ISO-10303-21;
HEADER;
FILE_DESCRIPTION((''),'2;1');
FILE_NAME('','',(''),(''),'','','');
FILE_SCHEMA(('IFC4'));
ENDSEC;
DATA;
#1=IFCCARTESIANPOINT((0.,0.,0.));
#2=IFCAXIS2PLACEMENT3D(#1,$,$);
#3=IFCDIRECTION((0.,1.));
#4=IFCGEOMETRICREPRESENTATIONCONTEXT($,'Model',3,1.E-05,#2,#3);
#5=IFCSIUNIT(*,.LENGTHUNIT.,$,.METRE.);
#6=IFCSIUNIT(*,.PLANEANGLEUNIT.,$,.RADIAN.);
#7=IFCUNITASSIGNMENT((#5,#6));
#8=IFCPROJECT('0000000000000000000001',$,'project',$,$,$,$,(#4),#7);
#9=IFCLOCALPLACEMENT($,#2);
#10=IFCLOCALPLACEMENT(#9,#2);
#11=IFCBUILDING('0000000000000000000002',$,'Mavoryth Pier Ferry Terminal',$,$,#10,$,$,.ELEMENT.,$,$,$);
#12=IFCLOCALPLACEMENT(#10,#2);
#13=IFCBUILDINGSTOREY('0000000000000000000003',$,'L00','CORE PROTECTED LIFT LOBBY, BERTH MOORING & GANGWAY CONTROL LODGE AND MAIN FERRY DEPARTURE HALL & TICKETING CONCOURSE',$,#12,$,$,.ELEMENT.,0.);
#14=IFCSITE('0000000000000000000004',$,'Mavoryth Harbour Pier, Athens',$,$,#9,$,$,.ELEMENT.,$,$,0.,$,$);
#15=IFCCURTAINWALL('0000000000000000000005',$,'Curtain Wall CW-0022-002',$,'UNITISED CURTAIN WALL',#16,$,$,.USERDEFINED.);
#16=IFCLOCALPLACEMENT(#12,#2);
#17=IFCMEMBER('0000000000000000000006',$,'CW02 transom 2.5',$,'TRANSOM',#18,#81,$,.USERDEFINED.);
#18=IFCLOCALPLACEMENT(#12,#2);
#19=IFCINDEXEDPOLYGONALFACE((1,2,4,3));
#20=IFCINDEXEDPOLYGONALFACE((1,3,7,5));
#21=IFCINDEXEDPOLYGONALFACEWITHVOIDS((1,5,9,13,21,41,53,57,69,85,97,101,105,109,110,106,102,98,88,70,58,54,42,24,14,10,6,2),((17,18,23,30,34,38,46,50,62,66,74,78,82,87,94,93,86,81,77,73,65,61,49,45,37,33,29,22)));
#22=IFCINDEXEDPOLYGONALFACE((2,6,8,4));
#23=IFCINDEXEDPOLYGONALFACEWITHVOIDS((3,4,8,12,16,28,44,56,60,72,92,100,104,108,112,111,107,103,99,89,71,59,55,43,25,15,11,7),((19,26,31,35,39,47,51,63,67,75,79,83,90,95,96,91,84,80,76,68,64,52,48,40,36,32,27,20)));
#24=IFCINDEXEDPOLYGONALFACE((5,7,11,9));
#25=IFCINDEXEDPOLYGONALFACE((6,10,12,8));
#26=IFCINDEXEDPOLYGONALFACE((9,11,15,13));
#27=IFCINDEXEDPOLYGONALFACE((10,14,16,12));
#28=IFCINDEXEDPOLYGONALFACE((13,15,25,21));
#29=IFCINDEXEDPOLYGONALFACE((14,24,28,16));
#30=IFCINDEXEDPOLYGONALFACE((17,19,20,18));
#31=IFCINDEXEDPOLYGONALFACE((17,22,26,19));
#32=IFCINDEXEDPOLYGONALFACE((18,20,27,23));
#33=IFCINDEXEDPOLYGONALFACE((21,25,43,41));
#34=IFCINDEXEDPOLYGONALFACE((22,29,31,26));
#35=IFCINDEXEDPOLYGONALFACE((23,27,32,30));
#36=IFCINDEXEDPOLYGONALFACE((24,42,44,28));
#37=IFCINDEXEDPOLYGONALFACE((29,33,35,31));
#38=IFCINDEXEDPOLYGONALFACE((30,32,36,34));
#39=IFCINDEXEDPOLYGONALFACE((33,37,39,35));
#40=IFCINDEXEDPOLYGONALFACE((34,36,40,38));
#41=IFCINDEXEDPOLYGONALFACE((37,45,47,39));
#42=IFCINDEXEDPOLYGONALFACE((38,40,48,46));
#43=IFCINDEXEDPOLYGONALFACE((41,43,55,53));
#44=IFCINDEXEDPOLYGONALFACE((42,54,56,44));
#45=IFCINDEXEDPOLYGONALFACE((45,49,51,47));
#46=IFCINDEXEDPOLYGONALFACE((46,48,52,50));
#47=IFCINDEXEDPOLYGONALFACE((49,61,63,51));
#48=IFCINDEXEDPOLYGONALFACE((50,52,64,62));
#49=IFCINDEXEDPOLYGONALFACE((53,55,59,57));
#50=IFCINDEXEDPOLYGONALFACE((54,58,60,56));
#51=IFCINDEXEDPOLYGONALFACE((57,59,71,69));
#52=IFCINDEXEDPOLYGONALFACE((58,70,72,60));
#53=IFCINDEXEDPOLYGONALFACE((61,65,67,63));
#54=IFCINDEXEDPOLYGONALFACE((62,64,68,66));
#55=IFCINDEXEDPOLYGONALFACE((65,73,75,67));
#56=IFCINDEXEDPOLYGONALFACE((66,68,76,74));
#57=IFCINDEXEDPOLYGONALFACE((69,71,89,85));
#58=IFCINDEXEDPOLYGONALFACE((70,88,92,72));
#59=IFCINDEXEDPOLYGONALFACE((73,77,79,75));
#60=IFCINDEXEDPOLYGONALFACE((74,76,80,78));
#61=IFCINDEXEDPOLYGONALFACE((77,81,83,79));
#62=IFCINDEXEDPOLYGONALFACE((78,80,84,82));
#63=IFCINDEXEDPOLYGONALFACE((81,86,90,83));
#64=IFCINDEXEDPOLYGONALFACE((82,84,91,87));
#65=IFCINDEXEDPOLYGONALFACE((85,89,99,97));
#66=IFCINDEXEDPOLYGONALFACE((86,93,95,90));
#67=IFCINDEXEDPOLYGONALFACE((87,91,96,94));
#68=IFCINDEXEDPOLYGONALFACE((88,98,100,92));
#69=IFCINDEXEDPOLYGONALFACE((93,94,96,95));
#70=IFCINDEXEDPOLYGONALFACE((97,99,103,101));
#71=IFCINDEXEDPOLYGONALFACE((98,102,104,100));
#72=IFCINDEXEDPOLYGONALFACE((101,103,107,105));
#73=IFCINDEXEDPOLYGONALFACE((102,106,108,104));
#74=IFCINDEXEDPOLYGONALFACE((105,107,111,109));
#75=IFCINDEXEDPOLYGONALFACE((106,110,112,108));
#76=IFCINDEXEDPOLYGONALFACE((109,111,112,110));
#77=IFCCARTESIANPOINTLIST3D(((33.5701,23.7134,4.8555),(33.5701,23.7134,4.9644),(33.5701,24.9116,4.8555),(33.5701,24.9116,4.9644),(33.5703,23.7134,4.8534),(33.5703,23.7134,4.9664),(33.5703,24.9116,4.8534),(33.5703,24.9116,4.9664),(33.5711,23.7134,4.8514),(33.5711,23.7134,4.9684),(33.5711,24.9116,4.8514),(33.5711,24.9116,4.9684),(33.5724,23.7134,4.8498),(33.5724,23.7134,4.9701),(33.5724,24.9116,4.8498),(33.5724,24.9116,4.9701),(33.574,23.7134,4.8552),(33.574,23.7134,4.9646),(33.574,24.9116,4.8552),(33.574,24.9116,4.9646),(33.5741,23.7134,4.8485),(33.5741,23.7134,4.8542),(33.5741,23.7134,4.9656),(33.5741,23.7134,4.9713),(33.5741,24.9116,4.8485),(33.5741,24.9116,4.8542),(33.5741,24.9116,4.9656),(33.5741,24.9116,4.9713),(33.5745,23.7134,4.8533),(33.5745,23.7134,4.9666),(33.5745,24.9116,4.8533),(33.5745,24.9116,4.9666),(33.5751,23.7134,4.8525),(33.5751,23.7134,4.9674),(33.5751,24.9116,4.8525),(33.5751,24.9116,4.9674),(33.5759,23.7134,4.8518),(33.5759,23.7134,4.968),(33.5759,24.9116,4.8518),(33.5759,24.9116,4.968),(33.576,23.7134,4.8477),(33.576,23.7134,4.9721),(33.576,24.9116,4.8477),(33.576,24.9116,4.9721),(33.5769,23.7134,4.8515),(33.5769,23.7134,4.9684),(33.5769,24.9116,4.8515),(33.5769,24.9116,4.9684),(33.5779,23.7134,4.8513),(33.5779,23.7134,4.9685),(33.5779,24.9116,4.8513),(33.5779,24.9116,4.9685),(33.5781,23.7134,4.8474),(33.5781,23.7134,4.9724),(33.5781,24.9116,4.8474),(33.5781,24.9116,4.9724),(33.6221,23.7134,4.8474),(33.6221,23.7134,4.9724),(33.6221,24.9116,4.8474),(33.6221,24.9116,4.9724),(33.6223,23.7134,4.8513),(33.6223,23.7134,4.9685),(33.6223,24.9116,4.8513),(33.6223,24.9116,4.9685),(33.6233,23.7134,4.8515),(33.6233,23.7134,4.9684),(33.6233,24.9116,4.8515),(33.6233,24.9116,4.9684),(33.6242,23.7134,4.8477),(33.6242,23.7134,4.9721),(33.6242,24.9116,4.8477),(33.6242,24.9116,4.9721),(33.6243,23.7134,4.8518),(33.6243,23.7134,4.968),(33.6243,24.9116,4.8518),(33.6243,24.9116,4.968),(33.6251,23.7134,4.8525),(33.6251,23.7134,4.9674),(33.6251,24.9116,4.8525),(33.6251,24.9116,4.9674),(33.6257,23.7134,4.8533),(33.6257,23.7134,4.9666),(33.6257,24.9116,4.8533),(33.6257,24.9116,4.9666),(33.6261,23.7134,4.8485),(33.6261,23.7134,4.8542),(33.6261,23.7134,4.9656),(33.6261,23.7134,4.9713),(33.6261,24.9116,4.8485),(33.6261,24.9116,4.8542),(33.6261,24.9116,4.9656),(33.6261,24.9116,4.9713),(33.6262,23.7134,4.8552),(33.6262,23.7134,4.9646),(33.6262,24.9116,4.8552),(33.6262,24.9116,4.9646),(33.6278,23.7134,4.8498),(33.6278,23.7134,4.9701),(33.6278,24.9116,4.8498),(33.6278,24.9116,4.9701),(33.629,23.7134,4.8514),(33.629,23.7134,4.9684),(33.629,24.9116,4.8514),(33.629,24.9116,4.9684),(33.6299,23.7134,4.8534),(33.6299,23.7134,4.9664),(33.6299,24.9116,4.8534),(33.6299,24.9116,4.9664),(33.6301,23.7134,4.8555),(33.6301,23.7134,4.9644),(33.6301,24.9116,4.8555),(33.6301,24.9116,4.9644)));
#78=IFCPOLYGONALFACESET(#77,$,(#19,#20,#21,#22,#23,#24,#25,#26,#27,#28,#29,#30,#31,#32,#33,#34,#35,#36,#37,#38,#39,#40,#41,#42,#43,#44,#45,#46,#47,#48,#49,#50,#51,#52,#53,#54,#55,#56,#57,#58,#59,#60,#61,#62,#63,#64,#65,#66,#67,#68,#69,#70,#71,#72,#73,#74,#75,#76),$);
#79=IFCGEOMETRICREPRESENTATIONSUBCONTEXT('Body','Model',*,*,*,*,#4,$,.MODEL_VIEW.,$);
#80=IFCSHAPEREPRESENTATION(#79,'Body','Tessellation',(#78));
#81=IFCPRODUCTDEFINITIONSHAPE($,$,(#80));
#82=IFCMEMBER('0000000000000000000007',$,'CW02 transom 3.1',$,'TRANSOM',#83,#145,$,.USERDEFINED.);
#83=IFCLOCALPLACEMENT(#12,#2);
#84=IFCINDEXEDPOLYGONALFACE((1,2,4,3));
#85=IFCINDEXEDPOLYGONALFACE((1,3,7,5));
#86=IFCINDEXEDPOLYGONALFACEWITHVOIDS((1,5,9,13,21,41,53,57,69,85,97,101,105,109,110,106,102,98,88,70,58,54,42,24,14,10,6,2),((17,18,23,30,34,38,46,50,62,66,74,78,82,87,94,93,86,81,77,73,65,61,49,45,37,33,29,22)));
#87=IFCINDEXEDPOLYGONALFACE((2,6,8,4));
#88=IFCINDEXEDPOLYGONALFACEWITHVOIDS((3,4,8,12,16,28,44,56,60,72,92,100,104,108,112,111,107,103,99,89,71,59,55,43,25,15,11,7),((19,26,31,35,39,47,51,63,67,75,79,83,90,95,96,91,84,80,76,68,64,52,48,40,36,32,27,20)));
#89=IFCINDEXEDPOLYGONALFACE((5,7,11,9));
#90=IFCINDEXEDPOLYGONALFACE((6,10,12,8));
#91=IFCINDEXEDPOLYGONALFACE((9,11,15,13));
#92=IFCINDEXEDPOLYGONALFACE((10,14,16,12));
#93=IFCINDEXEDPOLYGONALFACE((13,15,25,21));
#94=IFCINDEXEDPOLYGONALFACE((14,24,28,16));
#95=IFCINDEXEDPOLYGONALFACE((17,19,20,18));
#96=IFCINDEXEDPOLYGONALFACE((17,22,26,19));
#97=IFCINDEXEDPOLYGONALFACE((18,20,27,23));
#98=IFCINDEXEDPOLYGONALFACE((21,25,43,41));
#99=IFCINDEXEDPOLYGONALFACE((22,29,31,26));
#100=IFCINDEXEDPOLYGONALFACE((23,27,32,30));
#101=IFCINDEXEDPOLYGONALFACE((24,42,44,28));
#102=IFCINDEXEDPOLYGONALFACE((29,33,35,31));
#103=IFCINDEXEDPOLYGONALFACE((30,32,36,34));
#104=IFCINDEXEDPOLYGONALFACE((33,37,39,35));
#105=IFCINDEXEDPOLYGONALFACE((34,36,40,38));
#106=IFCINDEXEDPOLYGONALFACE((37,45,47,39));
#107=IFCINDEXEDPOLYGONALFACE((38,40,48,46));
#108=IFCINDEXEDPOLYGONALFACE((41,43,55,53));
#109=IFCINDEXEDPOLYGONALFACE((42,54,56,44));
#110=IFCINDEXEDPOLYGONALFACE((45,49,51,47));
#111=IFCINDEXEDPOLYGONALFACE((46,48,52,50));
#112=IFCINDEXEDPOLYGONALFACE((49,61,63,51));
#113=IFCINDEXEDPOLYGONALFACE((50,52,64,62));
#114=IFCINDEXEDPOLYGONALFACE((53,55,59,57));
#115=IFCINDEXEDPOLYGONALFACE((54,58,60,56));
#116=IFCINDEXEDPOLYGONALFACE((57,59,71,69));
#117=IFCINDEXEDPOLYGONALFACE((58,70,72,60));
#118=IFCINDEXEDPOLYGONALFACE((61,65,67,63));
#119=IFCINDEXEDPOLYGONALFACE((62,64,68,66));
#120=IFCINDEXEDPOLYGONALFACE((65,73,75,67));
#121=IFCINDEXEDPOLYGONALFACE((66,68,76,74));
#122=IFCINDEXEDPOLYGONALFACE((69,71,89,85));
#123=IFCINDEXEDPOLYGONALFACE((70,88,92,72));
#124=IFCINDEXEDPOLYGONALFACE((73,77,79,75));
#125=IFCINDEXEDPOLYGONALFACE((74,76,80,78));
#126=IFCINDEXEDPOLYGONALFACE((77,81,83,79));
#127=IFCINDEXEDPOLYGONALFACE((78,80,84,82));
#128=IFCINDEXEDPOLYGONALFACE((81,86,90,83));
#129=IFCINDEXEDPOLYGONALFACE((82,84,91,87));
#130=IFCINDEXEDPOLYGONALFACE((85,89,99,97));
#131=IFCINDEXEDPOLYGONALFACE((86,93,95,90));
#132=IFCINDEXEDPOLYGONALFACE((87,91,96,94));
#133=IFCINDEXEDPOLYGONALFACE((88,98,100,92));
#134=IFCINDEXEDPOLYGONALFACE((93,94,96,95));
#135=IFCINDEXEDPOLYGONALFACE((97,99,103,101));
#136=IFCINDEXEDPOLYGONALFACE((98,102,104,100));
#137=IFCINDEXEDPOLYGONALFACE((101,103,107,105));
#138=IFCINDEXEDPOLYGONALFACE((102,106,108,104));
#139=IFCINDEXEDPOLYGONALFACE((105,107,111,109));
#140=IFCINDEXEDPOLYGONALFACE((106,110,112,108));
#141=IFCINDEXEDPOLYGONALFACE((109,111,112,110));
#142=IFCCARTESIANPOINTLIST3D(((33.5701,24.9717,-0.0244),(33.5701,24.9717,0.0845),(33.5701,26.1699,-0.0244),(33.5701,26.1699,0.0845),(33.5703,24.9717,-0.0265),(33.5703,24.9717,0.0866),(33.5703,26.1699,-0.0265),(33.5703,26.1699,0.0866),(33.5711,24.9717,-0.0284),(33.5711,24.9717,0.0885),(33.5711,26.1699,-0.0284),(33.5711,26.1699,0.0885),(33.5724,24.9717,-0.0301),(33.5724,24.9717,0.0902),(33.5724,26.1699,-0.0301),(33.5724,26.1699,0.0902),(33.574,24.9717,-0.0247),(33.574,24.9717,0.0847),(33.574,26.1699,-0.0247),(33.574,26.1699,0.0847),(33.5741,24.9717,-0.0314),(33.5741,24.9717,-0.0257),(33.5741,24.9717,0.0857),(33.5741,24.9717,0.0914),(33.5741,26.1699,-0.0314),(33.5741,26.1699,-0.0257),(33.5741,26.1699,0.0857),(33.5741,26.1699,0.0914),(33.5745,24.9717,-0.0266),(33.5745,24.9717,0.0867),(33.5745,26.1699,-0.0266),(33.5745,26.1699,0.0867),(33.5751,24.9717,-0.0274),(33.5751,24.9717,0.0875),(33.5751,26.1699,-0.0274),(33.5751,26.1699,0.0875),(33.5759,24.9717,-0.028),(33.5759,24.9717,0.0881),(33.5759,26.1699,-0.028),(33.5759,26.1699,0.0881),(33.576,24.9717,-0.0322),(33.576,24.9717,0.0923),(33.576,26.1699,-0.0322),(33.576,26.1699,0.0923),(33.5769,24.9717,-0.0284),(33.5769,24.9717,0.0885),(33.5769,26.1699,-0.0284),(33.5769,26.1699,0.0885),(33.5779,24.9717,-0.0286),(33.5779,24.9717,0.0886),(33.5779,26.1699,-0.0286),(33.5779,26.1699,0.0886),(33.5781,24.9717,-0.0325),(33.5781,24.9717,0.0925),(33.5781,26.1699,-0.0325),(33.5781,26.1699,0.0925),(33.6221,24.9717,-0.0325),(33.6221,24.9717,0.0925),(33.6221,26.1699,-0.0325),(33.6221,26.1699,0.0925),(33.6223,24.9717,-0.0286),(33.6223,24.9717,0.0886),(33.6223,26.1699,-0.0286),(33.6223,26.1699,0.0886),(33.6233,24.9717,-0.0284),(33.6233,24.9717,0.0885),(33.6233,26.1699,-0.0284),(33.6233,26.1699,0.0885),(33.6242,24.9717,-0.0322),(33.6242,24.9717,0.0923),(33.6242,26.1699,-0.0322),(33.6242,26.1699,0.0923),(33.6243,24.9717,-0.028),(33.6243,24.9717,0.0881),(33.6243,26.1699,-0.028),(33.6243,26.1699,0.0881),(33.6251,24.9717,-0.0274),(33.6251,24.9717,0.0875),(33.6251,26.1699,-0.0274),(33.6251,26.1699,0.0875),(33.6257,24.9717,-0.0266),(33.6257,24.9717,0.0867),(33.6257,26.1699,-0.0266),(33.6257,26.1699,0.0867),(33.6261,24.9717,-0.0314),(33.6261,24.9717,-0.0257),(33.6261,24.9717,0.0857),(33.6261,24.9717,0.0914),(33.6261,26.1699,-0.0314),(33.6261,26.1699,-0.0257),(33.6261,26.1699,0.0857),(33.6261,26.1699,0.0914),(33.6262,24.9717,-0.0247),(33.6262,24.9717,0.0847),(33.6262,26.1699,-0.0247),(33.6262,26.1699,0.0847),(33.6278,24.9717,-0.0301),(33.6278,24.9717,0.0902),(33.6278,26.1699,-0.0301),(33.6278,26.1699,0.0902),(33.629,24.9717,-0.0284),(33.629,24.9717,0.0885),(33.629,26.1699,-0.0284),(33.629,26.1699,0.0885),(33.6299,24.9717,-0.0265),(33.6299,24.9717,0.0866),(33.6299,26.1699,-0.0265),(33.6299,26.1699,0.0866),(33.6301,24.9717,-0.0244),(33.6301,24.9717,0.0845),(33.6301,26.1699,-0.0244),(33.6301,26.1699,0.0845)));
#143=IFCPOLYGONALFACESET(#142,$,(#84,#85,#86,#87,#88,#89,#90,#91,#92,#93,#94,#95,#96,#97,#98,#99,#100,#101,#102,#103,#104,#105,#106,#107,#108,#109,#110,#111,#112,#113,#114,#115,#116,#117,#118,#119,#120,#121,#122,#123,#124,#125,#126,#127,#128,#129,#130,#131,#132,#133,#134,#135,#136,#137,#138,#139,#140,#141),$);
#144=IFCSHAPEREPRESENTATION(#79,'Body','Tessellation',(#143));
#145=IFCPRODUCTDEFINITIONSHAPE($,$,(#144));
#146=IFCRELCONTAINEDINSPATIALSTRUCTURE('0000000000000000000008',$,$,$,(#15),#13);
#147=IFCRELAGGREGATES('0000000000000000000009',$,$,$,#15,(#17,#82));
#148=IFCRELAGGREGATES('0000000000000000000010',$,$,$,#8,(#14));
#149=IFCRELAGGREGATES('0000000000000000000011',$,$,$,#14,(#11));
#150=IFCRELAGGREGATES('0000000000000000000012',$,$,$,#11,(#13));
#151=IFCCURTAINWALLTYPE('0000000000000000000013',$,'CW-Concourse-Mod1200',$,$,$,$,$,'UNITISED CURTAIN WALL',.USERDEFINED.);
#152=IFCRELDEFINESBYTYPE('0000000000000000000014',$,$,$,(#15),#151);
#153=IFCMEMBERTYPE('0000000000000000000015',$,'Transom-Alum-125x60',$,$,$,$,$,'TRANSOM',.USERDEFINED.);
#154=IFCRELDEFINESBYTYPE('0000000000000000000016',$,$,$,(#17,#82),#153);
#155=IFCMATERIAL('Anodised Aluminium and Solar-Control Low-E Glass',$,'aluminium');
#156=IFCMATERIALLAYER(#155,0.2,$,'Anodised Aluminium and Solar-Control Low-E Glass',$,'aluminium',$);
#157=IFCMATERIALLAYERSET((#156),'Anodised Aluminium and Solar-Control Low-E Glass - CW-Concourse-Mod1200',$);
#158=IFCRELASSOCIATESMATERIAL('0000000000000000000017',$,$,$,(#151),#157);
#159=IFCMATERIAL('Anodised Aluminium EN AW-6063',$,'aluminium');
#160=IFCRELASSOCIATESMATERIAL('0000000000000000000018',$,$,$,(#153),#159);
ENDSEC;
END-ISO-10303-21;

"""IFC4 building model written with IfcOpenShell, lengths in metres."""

from ifc_helpers import new_model, si_unit, direction, frame, origin, origin_2d, place, context, subcontext, project, spatial, hollow_rectangle, extrude, material, layer, layer_set, material_profile, profile_set, type_object, element, aggregate, save


model = new_model("IFC4")

# Units and contexts
model_context = context("Model", 3, precision=1e-05, world=origin(), true_north=direction((0.0, 1.0)))
body_context = subcontext(model_context, "Body", "Model", "MODEL_VIEW")
ifc_project = project(units=[si_unit("LENGTHUNIT", "METRE"), si_unit("PLANEANGLEUNIT", "RADIAN")], contexts=[model_context])

# Site, building, storey
site_placement = place(None, origin())
site = spatial("IfcSite", under=ifc_project, at=site_placement, Name="Mavoryth Harbour Pier, Athens", CompositionType="ELEMENT", RefElevation=0.0)
building_placement = place(site_placement, origin())
building = spatial("IfcBuilding", under=site, at=building_placement, Name="Mavoryth Pier Ferry Terminal", CompositionType="ELEMENT")
storey_placement = place(building_placement, origin())
storey = spatial("IfcBuildingStorey", under=building, at=storey_placement, Name="L00", Description="CORE PROTECTED LIFT LOBBY, BERTH MOORING & GANGWAY CONTROL LODGE AND MAIN FERRY DEPARTURE HALL & TICKETING CONCOURSE", CompositionType="ELEMENT", Elevation=0.0)

# Curtain wall, members
ifc_material_1 = material(Name="Anodised Aluminium and Solar-Control Low-E Glass", Category="aluminium")
ifc_layer_1 = layer(ifc_material_1, 0.2, Name="Anodised Aluminium and Solar-Control Low-E Glass", Category="aluminium")
ifc_layer_set_1 = layer_set([ifc_layer_1], Name="Anodised Aluminium and Solar-Control Low-E Glass - CW-Concourse-Mod1200")
curtain_wall_type = type_object("IfcCurtainWallType", Name="CW-Concourse-Mod1200", ElementType="UNITISED CURTAIN WALL", PredefinedType="USERDEFINED", material=ifc_layer_set_1)
curtain_wall_placement = place(storey_placement, origin())
curtain_wall = element("IfcCurtainWall", 1, at=curtain_wall_placement, inside=storey, type_object=curtain_wall_type, Name="Curtain Wall CW-0022-002", ObjectType="UNITISED CURTAIN WALL", PredefinedType="USERDEFINED")
ifc_material_2 = material(Name="Anodised Aluminium EN AW-6063", Category="aluminium")
ifc_material_profile_1 = material_profile(ifc_material_2, hollow_rectangle(XDim=0.0601, YDim=0.125, WallThickness=0.0039, InnerFilletRadius=0.0039, OuterFilletRadius=0.0081, at=origin_2d()), Name="AL-TRAN 125x60x4", Category="aluminium")
ifc_profile_set_1 = profile_set([ifc_material_profile_1], Name="Anodised Aluminium EN AW-6063 - AL-TRAN 125x60x4")
member_type_1 = type_object("IfcMemberType", Name="Transom-Alum-125x60", ElementType="TRANSOM", PredefinedType="USERDEFINED", material=ifc_profile_set_1)
member_1_placement = place(storey_placement, frame((33.6001, 23.7134, 4.9099), z_axis=(0.0, 1.0, 0.0), x_axis=(-1.0, 0.0, 0.0)))
member_1 = element("IfcMember", 2, at=member_1_placement, type_object=member_type_1, Name="CW02 transom 2.5", ObjectType="TRANSOM", PredefinedType="USERDEFINED", context=body_context, shape_type="SweptSolid", body=[
    extrude(hollow_rectangle(XDim=0.0601, YDim=0.125, WallThickness=0.0039, InnerFilletRadius=0.0039, OuterFilletRadius=0.0081, at=origin_2d()), origin(), (0.0, 0.0, 1.0), 1.1982),
])
member_2_placement = place(storey_placement, frame((33.6001, 24.9717, 0.03), z_axis=(0.0, 1.0, 0.0), x_axis=(-1.0, 0.0, 0.0)))
member_2 = element("IfcMember", 3, at=member_2_placement, type_object=member_type_1, Name="CW02 transom 3.1", ObjectType="TRANSOM", PredefinedType="USERDEFINED", context=body_context, shape_type="SweptSolid", body=[
    extrude(hollow_rectangle(XDim=0.0601, YDim=0.125, WallThickness=0.0039, InnerFilletRadius=0.0039, OuterFilletRadius=0.0081, at=origin_2d()), origin(), (0.0, 0.0, 1.0), 1.1982),
])
aggregate(curtain_wall, [member_1, member_2])

save(model, "model.ifc")
